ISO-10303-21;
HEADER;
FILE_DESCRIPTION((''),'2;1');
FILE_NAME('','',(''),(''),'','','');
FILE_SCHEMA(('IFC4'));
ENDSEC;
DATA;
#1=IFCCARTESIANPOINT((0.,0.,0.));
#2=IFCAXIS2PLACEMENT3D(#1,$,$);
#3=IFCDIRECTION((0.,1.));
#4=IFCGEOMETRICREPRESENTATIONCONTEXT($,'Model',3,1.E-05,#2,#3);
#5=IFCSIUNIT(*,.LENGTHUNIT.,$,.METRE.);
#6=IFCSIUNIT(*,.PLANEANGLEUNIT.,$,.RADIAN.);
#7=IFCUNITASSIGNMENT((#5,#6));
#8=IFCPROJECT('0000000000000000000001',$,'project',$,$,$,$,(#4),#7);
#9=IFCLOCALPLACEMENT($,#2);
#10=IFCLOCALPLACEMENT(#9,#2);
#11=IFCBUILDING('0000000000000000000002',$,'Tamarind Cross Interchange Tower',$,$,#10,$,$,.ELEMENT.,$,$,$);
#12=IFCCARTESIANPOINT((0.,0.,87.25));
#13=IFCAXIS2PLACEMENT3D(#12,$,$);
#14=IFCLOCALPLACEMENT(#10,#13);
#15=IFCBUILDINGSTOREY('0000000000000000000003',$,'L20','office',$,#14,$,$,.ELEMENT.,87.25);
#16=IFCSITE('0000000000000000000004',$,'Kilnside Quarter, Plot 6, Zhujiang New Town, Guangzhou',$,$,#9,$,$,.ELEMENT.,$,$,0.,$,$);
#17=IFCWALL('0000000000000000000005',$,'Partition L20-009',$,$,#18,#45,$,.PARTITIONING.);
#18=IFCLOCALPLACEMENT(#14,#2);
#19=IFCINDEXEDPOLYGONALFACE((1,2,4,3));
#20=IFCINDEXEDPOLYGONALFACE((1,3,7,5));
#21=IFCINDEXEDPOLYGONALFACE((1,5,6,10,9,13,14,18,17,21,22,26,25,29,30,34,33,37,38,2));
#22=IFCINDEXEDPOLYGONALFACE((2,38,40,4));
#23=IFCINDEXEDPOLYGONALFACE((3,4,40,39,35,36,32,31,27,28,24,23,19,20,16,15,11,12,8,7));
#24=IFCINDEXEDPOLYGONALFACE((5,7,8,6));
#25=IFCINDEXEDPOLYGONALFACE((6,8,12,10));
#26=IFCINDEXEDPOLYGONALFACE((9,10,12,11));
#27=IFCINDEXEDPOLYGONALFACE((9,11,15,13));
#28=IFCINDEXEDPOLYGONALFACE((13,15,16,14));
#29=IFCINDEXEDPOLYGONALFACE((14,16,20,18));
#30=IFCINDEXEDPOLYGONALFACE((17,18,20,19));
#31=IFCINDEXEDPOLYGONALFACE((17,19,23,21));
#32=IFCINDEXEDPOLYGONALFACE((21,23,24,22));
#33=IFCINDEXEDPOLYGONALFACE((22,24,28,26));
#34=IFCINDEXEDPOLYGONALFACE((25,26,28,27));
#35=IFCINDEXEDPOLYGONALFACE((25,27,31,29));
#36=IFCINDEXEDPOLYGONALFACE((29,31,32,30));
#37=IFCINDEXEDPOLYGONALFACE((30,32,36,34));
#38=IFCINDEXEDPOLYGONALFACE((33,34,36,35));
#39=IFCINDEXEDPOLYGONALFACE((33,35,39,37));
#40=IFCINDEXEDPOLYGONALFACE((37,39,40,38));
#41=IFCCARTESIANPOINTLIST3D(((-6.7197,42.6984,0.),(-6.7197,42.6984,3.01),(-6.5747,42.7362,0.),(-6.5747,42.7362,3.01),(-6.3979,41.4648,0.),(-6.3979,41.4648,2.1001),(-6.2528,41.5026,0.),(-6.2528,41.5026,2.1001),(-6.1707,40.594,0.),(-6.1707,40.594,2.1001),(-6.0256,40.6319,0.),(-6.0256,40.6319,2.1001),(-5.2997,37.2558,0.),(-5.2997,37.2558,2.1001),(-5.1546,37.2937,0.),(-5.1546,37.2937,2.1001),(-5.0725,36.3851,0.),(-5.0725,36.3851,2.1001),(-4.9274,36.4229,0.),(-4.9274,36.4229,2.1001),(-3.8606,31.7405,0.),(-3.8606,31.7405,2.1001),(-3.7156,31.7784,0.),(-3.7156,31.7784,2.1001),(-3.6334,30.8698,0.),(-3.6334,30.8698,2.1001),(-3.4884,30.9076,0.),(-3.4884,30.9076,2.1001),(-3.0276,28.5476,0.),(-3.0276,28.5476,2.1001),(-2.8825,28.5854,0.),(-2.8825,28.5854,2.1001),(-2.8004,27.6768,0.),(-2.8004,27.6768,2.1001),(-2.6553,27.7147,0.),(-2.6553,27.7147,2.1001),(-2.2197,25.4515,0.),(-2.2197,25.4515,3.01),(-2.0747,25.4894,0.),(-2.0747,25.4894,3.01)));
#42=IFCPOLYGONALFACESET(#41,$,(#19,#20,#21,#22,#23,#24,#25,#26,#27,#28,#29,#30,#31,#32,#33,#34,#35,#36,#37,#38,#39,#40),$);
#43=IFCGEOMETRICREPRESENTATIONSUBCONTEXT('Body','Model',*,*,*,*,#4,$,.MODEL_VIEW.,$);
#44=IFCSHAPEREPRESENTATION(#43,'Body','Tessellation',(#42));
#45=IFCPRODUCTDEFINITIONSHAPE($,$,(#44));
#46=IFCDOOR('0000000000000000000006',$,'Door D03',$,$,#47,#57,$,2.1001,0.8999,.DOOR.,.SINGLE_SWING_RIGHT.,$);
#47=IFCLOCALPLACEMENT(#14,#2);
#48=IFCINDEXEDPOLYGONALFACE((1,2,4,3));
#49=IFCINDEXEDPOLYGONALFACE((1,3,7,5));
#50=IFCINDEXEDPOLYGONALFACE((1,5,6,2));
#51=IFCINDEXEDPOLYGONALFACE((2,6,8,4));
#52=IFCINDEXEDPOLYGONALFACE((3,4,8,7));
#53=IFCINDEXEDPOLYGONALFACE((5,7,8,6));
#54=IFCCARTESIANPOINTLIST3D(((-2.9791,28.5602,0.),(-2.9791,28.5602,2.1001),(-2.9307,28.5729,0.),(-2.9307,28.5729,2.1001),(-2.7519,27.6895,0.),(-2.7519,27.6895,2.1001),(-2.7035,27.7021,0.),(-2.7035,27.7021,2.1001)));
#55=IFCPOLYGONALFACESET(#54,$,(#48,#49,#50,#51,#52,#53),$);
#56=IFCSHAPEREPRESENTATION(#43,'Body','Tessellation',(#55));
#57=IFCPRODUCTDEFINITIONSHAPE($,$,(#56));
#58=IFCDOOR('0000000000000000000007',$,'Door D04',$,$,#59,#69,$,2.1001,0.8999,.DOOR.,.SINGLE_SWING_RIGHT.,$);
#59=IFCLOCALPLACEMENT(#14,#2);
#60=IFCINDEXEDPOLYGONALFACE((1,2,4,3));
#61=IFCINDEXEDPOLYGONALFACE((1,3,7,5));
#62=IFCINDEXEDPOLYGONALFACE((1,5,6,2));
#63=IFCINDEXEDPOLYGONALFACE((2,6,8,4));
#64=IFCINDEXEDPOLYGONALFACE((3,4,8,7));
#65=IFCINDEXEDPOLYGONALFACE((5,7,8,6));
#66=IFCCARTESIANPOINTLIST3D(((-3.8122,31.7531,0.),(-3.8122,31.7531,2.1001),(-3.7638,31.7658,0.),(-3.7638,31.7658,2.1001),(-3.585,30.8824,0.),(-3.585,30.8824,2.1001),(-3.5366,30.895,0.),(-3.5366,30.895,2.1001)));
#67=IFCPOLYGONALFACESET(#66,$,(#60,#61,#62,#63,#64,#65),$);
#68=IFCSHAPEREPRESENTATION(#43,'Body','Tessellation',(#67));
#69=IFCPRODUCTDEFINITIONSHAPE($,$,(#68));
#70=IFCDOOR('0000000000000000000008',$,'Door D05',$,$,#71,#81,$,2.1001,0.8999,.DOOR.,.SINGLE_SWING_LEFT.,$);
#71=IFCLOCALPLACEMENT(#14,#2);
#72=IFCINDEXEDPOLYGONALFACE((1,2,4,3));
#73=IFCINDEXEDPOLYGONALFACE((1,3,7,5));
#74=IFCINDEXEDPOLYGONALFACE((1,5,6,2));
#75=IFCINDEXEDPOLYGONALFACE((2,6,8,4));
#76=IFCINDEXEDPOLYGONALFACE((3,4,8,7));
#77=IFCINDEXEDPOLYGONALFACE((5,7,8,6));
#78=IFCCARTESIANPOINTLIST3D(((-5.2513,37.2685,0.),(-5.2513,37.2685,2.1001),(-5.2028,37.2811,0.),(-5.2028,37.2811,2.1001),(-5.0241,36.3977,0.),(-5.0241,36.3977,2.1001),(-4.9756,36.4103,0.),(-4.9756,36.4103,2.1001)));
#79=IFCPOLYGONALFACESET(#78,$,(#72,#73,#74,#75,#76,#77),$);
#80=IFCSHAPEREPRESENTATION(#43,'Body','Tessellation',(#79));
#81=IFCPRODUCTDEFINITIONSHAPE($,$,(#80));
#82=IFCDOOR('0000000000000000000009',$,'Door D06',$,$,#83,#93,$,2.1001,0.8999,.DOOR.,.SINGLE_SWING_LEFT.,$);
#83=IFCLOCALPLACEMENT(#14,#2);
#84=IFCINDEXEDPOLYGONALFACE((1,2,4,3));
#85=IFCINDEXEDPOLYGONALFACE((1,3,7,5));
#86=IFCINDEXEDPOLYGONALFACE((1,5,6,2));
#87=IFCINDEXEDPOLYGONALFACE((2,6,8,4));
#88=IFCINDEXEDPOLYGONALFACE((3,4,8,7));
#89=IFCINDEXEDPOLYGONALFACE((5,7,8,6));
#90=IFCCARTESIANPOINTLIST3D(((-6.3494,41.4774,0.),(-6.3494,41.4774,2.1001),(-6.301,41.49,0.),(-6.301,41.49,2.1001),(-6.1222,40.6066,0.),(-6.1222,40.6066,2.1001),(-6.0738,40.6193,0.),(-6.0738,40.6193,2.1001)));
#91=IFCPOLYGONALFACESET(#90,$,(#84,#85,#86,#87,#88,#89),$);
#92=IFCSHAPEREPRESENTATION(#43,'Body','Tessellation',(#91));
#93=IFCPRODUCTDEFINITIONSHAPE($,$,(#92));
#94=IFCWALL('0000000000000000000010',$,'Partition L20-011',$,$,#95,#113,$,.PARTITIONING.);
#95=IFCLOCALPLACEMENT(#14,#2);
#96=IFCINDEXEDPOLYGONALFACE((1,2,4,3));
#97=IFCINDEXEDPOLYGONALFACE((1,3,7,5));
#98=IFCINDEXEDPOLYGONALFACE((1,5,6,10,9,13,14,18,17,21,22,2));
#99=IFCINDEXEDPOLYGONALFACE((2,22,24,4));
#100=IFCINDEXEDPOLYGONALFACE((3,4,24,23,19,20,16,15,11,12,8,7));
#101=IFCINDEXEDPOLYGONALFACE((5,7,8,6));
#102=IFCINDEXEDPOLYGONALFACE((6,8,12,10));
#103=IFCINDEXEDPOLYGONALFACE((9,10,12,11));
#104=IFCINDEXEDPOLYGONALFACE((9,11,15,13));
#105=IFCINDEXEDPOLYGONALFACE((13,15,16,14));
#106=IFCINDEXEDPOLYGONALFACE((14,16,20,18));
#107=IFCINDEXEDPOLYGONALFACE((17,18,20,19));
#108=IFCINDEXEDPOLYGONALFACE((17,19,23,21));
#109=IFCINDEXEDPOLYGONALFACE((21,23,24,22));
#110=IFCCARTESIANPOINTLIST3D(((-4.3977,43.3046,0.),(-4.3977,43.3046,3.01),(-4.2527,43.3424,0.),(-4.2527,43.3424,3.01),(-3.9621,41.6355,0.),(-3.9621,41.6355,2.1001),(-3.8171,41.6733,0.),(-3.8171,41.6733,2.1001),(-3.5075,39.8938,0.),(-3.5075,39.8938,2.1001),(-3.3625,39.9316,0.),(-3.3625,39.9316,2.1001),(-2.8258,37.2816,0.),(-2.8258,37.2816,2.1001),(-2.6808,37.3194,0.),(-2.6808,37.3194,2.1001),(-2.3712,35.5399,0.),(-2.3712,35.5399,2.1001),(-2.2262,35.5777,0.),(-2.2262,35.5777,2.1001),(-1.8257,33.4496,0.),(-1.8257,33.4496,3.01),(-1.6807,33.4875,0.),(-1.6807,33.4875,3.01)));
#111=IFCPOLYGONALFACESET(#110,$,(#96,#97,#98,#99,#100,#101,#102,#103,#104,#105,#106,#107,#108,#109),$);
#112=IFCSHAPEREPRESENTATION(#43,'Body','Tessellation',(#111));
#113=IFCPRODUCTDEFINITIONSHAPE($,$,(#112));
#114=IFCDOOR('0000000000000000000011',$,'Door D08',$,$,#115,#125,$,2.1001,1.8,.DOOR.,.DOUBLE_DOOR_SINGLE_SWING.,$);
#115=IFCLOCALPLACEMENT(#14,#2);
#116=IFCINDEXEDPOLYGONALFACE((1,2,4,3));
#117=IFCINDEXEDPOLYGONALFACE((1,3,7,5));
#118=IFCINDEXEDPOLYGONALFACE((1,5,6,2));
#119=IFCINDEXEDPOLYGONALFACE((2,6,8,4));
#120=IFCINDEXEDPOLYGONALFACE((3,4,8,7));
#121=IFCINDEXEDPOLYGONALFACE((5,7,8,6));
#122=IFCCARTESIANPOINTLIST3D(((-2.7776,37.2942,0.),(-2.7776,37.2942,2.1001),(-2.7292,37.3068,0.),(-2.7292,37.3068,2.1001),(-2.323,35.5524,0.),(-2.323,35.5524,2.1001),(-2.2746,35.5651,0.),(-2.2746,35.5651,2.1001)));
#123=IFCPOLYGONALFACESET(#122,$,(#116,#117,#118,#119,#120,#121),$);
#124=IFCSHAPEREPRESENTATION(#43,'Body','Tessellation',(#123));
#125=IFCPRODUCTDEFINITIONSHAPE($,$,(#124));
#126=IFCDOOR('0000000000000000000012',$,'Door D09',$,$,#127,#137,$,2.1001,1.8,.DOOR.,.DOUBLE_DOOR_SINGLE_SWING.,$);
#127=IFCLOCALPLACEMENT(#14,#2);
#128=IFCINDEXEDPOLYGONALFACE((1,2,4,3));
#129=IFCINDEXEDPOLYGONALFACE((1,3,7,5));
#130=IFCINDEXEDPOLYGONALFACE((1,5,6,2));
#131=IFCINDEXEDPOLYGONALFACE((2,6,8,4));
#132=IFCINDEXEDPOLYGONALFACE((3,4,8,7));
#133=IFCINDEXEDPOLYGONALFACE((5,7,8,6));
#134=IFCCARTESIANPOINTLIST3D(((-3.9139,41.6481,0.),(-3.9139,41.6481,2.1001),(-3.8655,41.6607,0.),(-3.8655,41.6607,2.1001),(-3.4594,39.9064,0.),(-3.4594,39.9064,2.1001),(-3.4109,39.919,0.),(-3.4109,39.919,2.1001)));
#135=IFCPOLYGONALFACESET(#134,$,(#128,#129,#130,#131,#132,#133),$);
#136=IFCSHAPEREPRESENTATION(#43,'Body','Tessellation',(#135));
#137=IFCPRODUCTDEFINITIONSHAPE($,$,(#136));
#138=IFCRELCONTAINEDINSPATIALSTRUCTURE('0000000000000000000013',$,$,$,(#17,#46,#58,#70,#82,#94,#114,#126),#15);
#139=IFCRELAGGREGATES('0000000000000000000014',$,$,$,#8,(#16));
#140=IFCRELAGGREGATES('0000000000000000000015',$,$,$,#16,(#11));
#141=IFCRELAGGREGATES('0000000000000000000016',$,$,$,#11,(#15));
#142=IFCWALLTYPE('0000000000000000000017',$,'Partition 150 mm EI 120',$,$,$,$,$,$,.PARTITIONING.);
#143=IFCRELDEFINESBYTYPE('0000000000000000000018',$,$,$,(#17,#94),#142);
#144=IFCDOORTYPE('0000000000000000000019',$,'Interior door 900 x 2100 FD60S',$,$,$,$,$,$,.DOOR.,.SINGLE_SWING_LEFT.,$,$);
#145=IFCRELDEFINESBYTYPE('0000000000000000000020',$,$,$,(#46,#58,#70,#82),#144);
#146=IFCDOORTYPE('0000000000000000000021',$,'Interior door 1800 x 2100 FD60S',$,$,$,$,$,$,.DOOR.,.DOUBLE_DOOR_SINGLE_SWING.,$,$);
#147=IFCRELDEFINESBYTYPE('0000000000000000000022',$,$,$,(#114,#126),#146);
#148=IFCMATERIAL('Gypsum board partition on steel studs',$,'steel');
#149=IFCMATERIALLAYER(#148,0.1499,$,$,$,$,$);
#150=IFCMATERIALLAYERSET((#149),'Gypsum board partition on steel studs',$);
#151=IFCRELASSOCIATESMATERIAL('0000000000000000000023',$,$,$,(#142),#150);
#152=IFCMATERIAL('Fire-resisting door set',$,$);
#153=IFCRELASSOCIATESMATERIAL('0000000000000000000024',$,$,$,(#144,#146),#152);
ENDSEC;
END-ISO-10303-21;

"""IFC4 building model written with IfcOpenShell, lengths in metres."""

from ifc_helpers import new_model, si_unit, direction, frame, frame_2d, origin, place, context, subcontext, project, spatial, rectangle, extrude, material, layer, layer_set, type_object, element, fill, save


model = new_model("IFC4")

# Units and contexts
model_context = context("Model", 3, precision=1e-05, world=origin(), true_north=direction((0.0, 1.0)))
body_context = subcontext(model_context, "Body", "Model", "MODEL_VIEW")
ifc_project = project(units=[si_unit("LENGTHUNIT", "METRE"), si_unit("PLANEANGLEUNIT", "RADIAN")], contexts=[model_context])

# Site, building, storey
site_placement = place(None, origin())
site = spatial("IfcSite", under=ifc_project, at=site_placement, Name="Kilnside Quarter, Plot 6, Zhujiang New Town, Guangzhou", CompositionType="ELEMENT", RefElevation=0.0)
building_placement = place(site_placement, origin())
building = spatial("IfcBuilding", under=site, at=building_placement, Name="Tamarind Cross Interchange Tower", CompositionType="ELEMENT")
storey_placement = place(building_placement, frame((0.0, 0.0, 87.25)))
storey = spatial("IfcBuildingStorey", under=building, at=storey_placement, Name="L20", Description="office", CompositionType="ELEMENT", Elevation=87.25)

# Shared definitions
ifc_material_1 = material(Name="Gypsum board partition on steel studs", Category="steel")

# Walls, openings, doors
ifc_layer_1 = layer(ifc_material_1, 0.1499)
ifc_layer_set_1 = layer_set([ifc_layer_1], Name="Gypsum board partition on steel studs")
wall_type_1 = type_object("IfcWallType", Name="Partition 150 mm EI 120", PredefinedType="PARTITIONING", material=ifc_layer_set_1)
wall_1_placement = place(storey_placement, frame((-6.6472, 42.7173, 0.0), z_axis=(0.0, 0.0, 1.0), x_axis=(0.252465, -0.967606, 0.0)))
wall_1 = element("IfcWall", 1, at=wall_1_placement, inside=storey, type_object=wall_type_1, Name="Partition L20-009", PredefinedType="PARTITIONING", context=body_context, shape_type="SweptSolid", body=[
    extrude(rectangle(XDim=17.8242, YDim=0.1499, at=frame_2d((8.9121, 0.0))), origin(), (0.0, 0.0, 1.0), 3.01),
])
opening_1_placement = place(wall_1_placement, frame((14.6245, 0.0, 0.0)))
opening_1 = element("IfcOpeningElement", 2, at=opening_1_placement, cuts=wall_1, PredefinedType="OPENING", context=body_context, shape_type="SweptSolid", body=[
    extrude(rectangle(XDim=0.8999, YDim=2.1001, at=frame_2d((0.45, 1.05))), frame((0.0, 0.085, 0.0), z_axis=(0.0, -1.0, 0.0), x_axis=(1.0, 0.0, 0.0)), (0.0, 0.0, 1.0), 0.1699),
])
opening_2_placement = place(wall_1_placement, frame((11.3247, 0.0, 0.0)))
opening_2 = element("IfcOpeningElement", 3, at=opening_2_placement, cuts=wall_1, PredefinedType="OPENING", context=body_context, shape_type="SweptSolid", body=[
    extrude(rectangle(XDim=0.8999, YDim=2.1001, at=frame_2d((0.45, 1.05))), frame((0.0, 0.085, 0.0), z_axis=(0.0, -1.0, 0.0), x_axis=(1.0, 0.0, 0.0)), (0.0, 0.0, 1.0), 0.1699),
])
opening_3_placement = place(wall_1_placement, frame((5.6248, 0.0, 0.0)))
opening_3 = element("IfcOpeningElement", 4, at=opening_3_placement, cuts=wall_1, PredefinedType="OPENING", context=body_context, shape_type="SweptSolid", body=[
    extrude(rectangle(XDim=0.8999, YDim=2.1001, at=frame_2d((0.45, 1.05))), frame((0.0, 0.085, 0.0), z_axis=(0.0, -1.0, 0.0), x_axis=(1.0, 0.0, 0.0)), (0.0, 0.0, 1.0), 0.1699),
])
opening_4_placement = place(wall_1_placement, frame((1.2749, 0.0, 0.0)))
opening_4 = element("IfcOpeningElement", 5, at=opening_4_placement, cuts=wall_1, PredefinedType="OPENING", context=body_context, shape_type="SweptSolid", body=[
    extrude(rectangle(XDim=0.8999, YDim=2.1001, at=frame_2d((0.45, 1.05))), frame((0.0, 0.085, 0.0), z_axis=(0.0, -1.0, 0.0), x_axis=(1.0, 0.0, 0.0)), (0.0, 0.0, 1.0), 0.1699),
])
ifc_material_2 = material(Name="Fire-resisting door set")
door_type_1 = type_object("IfcDoorType", Name="Interior door 900 x 2100 FD60S", OperationType="SINGLE_SWING_LEFT", PredefinedType="DOOR", material=ifc_material_2)
door_1_placement = place(opening_1_placement, frame((0.8999, 0.0, 0.0), z_axis=(0.0, 0.0, 1.0), x_axis=(-1.0, 0.0, 0.0)))
door_1 = element("IfcDoor", 6, at=door_1_placement, inside=storey, type_object=door_type_1, Name="Door D03", OperationType="SINGLE_SWING_RIGHT", OverallHeight=2.1001, OverallWidth=0.8999, PredefinedType="DOOR", context=body_context, shape_type="SweptSolid", body=[
    extrude(rectangle(XDim=0.8999, YDim=2.1001, at=frame_2d((0.45, 1.05))), frame((0.0, 0.0249, 0.0), z_axis=(0.0, -1.0, 0.0), x_axis=(1.0, 0.0, 0.0)), (0.0, 0.0, 1.0), 0.05),
])
fill(opening_1, door_1)
door_2_placement = place(opening_2_placement, frame((0.8999, 0.0, 0.0), z_axis=(0.0, 0.0, 1.0), x_axis=(-1.0, 0.0, 0.0)))
door_2 = element("IfcDoor", 7, at=door_2_placement, inside=storey, type_object=door_type_1, Name="Door D04", OperationType="SINGLE_SWING_RIGHT", OverallHeight=2.1001, OverallWidth=0.8999, PredefinedType="DOOR", context=body_context, shape_type="SweptSolid", body=[
    extrude(rectangle(XDim=0.8999, YDim=2.1001, at=frame_2d((0.45, 1.05))), frame((0.0, 0.0249, 0.0), z_axis=(0.0, -1.0, 0.0), x_axis=(1.0, 0.0, 0.0)), (0.0, 0.0, 1.0), 0.05),
])
fill(opening_2, door_2)
door_3_placement = place(opening_3_placement, frame((0.8999, 0.0, 0.0), z_axis=(0.0, 0.0, 1.0), x_axis=(-1.0, 0.0, 0.0)))
door_3 = element("IfcDoor", 8, at=door_3_placement, inside=storey, type_object=door_type_1, Name="Door D05", OperationType="SINGLE_SWING_LEFT", OverallHeight=2.1001, OverallWidth=0.8999, PredefinedType="DOOR", context=body_context, shape_type="SweptSolid", body=[
    extrude(rectangle(XDim=0.8999, YDim=2.1001, at=frame_2d((0.45, 1.05))), frame((0.0, 0.0249, 0.0), z_axis=(0.0, -1.0, 0.0), x_axis=(1.0, 0.0, 0.0)), (0.0, 0.0, 1.0), 0.05),
])
fill(opening_3, door_3)
door_4_placement = place(opening_4_placement, frame((0.8999, 0.0, 0.0), z_axis=(0.0, 0.0, 1.0), x_axis=(-1.0, 0.0, 0.0)))
door_4 = element("IfcDoor", 9, at=door_4_placement, inside=storey, type_object=door_type_1, Name="Door D06", OperationType="SINGLE_SWING_LEFT", OverallHeight=2.1001, OverallWidth=0.8999, PredefinedType="DOOR", context=body_context, shape_type="SweptSolid", body=[
    extrude(rectangle(XDim=0.8999, YDim=2.1001, at=frame_2d((0.45, 1.05))), frame((0.0, 0.0249, 0.0), z_axis=(0.0, -1.0, 0.0), x_axis=(1.0, 0.0, 0.0)), (0.0, 0.0, 1.0), 0.05),
])
fill(opening_4, door_4)
wall_2_placement = place(storey_placement, frame((-4.3252, 43.3235, 0.0), z_axis=(0.0, 0.0, 1.0), x_axis=(0.252528, -0.96759, 0.0)))
wall_2 = element("IfcWall", 10, at=wall_2_placement, inside=storey, type_object=wall_type_1, Name="Partition L20-011", PredefinedType="PARTITIONING", context=body_context, shape_type="SweptSolid", body=[
    extrude(rectangle(XDim=10.1851, YDim=0.1499, at=frame_2d((5.0925, 0.0))), origin(), (0.0, 0.0, 1.0), 3.01),
])
opening_5_placement = place(wall_2_placement, frame((6.2249, 0.0, 0.0)))
opening_5 = element("IfcOpeningElement", 11, at=opening_5_placement, cuts=wall_2, PredefinedType="OPENING", context=body_context, shape_type="SweptSolid", body=[
    extrude(rectangle(XDim=1.8, YDim=2.1001, at=frame_2d((0.8999, 1.05))), frame((0.0, 0.085, 0.0), z_axis=(0.0, -1.0, 0.0), x_axis=(1.0, 0.0, 0.0)), (0.0, 0.0, 1.0), 0.1699),
])
opening_6_placement = place(wall_2_placement, frame((1.7251, 0.0, 0.0)))
opening_6 = element("IfcOpeningElement", 12, at=opening_6_placement, cuts=wall_2, PredefinedType="OPENING", context=body_context, shape_type="SweptSolid", body=[
    extrude(rectangle(XDim=1.8, YDim=2.1001, at=frame_2d((0.8999, 1.05))), frame((0.0, 0.085, 0.0), z_axis=(0.0, -1.0, 0.0), x_axis=(1.0, 0.0, 0.0)), (0.0, 0.0, 1.0), 0.1699),
])
door_type_2 = type_object("IfcDoorType", Name="Interior door 1800 x 2100 FD60S", OperationType="DOUBLE_DOOR_SINGLE_SWING", PredefinedType="DOOR", material=ifc_material_2)
door_5_placement = place(opening_5_placement, origin())
door_5 = element("IfcDoor", 13, at=door_5_placement, inside=storey, type_object=door_type_2, Name="Door D08", OperationType="DOUBLE_DOOR_SINGLE_SWING", OverallHeight=2.1001, OverallWidth=1.8, PredefinedType="DOOR", context=body_context, shape_type="SweptSolid", body=[
    extrude(rectangle(XDim=1.8, YDim=2.1001, at=frame_2d((0.8999, 1.05))), frame((0.0, 0.0249, 0.0), z_axis=(0.0, -1.0, 0.0), x_axis=(1.0, 0.0, 0.0)), (0.0, 0.0, 1.0), 0.05),
])
fill(opening_5, door_5)
door_6_placement = place(opening_6_placement, origin())
door_6 = element("IfcDoor", 14, at=door_6_placement, inside=storey, type_object=door_type_2, Name="Door D09", OperationType="DOUBLE_DOOR_SINGLE_SWING", OverallHeight=2.1001, OverallWidth=1.8, PredefinedType="DOOR", context=body_context, shape_type="SweptSolid", body=[
    extrude(rectangle(XDim=1.8, YDim=2.1001, at=frame_2d((0.8999, 1.05))), frame((0.0, 0.0249, 0.0), z_axis=(0.0, -1.0, 0.0), x_axis=(1.0, 0.0, 0.0)), (0.0, 0.0, 1.0), 0.05),
])
fill(opening_6, door_6)

save(model, "model.ifc")
